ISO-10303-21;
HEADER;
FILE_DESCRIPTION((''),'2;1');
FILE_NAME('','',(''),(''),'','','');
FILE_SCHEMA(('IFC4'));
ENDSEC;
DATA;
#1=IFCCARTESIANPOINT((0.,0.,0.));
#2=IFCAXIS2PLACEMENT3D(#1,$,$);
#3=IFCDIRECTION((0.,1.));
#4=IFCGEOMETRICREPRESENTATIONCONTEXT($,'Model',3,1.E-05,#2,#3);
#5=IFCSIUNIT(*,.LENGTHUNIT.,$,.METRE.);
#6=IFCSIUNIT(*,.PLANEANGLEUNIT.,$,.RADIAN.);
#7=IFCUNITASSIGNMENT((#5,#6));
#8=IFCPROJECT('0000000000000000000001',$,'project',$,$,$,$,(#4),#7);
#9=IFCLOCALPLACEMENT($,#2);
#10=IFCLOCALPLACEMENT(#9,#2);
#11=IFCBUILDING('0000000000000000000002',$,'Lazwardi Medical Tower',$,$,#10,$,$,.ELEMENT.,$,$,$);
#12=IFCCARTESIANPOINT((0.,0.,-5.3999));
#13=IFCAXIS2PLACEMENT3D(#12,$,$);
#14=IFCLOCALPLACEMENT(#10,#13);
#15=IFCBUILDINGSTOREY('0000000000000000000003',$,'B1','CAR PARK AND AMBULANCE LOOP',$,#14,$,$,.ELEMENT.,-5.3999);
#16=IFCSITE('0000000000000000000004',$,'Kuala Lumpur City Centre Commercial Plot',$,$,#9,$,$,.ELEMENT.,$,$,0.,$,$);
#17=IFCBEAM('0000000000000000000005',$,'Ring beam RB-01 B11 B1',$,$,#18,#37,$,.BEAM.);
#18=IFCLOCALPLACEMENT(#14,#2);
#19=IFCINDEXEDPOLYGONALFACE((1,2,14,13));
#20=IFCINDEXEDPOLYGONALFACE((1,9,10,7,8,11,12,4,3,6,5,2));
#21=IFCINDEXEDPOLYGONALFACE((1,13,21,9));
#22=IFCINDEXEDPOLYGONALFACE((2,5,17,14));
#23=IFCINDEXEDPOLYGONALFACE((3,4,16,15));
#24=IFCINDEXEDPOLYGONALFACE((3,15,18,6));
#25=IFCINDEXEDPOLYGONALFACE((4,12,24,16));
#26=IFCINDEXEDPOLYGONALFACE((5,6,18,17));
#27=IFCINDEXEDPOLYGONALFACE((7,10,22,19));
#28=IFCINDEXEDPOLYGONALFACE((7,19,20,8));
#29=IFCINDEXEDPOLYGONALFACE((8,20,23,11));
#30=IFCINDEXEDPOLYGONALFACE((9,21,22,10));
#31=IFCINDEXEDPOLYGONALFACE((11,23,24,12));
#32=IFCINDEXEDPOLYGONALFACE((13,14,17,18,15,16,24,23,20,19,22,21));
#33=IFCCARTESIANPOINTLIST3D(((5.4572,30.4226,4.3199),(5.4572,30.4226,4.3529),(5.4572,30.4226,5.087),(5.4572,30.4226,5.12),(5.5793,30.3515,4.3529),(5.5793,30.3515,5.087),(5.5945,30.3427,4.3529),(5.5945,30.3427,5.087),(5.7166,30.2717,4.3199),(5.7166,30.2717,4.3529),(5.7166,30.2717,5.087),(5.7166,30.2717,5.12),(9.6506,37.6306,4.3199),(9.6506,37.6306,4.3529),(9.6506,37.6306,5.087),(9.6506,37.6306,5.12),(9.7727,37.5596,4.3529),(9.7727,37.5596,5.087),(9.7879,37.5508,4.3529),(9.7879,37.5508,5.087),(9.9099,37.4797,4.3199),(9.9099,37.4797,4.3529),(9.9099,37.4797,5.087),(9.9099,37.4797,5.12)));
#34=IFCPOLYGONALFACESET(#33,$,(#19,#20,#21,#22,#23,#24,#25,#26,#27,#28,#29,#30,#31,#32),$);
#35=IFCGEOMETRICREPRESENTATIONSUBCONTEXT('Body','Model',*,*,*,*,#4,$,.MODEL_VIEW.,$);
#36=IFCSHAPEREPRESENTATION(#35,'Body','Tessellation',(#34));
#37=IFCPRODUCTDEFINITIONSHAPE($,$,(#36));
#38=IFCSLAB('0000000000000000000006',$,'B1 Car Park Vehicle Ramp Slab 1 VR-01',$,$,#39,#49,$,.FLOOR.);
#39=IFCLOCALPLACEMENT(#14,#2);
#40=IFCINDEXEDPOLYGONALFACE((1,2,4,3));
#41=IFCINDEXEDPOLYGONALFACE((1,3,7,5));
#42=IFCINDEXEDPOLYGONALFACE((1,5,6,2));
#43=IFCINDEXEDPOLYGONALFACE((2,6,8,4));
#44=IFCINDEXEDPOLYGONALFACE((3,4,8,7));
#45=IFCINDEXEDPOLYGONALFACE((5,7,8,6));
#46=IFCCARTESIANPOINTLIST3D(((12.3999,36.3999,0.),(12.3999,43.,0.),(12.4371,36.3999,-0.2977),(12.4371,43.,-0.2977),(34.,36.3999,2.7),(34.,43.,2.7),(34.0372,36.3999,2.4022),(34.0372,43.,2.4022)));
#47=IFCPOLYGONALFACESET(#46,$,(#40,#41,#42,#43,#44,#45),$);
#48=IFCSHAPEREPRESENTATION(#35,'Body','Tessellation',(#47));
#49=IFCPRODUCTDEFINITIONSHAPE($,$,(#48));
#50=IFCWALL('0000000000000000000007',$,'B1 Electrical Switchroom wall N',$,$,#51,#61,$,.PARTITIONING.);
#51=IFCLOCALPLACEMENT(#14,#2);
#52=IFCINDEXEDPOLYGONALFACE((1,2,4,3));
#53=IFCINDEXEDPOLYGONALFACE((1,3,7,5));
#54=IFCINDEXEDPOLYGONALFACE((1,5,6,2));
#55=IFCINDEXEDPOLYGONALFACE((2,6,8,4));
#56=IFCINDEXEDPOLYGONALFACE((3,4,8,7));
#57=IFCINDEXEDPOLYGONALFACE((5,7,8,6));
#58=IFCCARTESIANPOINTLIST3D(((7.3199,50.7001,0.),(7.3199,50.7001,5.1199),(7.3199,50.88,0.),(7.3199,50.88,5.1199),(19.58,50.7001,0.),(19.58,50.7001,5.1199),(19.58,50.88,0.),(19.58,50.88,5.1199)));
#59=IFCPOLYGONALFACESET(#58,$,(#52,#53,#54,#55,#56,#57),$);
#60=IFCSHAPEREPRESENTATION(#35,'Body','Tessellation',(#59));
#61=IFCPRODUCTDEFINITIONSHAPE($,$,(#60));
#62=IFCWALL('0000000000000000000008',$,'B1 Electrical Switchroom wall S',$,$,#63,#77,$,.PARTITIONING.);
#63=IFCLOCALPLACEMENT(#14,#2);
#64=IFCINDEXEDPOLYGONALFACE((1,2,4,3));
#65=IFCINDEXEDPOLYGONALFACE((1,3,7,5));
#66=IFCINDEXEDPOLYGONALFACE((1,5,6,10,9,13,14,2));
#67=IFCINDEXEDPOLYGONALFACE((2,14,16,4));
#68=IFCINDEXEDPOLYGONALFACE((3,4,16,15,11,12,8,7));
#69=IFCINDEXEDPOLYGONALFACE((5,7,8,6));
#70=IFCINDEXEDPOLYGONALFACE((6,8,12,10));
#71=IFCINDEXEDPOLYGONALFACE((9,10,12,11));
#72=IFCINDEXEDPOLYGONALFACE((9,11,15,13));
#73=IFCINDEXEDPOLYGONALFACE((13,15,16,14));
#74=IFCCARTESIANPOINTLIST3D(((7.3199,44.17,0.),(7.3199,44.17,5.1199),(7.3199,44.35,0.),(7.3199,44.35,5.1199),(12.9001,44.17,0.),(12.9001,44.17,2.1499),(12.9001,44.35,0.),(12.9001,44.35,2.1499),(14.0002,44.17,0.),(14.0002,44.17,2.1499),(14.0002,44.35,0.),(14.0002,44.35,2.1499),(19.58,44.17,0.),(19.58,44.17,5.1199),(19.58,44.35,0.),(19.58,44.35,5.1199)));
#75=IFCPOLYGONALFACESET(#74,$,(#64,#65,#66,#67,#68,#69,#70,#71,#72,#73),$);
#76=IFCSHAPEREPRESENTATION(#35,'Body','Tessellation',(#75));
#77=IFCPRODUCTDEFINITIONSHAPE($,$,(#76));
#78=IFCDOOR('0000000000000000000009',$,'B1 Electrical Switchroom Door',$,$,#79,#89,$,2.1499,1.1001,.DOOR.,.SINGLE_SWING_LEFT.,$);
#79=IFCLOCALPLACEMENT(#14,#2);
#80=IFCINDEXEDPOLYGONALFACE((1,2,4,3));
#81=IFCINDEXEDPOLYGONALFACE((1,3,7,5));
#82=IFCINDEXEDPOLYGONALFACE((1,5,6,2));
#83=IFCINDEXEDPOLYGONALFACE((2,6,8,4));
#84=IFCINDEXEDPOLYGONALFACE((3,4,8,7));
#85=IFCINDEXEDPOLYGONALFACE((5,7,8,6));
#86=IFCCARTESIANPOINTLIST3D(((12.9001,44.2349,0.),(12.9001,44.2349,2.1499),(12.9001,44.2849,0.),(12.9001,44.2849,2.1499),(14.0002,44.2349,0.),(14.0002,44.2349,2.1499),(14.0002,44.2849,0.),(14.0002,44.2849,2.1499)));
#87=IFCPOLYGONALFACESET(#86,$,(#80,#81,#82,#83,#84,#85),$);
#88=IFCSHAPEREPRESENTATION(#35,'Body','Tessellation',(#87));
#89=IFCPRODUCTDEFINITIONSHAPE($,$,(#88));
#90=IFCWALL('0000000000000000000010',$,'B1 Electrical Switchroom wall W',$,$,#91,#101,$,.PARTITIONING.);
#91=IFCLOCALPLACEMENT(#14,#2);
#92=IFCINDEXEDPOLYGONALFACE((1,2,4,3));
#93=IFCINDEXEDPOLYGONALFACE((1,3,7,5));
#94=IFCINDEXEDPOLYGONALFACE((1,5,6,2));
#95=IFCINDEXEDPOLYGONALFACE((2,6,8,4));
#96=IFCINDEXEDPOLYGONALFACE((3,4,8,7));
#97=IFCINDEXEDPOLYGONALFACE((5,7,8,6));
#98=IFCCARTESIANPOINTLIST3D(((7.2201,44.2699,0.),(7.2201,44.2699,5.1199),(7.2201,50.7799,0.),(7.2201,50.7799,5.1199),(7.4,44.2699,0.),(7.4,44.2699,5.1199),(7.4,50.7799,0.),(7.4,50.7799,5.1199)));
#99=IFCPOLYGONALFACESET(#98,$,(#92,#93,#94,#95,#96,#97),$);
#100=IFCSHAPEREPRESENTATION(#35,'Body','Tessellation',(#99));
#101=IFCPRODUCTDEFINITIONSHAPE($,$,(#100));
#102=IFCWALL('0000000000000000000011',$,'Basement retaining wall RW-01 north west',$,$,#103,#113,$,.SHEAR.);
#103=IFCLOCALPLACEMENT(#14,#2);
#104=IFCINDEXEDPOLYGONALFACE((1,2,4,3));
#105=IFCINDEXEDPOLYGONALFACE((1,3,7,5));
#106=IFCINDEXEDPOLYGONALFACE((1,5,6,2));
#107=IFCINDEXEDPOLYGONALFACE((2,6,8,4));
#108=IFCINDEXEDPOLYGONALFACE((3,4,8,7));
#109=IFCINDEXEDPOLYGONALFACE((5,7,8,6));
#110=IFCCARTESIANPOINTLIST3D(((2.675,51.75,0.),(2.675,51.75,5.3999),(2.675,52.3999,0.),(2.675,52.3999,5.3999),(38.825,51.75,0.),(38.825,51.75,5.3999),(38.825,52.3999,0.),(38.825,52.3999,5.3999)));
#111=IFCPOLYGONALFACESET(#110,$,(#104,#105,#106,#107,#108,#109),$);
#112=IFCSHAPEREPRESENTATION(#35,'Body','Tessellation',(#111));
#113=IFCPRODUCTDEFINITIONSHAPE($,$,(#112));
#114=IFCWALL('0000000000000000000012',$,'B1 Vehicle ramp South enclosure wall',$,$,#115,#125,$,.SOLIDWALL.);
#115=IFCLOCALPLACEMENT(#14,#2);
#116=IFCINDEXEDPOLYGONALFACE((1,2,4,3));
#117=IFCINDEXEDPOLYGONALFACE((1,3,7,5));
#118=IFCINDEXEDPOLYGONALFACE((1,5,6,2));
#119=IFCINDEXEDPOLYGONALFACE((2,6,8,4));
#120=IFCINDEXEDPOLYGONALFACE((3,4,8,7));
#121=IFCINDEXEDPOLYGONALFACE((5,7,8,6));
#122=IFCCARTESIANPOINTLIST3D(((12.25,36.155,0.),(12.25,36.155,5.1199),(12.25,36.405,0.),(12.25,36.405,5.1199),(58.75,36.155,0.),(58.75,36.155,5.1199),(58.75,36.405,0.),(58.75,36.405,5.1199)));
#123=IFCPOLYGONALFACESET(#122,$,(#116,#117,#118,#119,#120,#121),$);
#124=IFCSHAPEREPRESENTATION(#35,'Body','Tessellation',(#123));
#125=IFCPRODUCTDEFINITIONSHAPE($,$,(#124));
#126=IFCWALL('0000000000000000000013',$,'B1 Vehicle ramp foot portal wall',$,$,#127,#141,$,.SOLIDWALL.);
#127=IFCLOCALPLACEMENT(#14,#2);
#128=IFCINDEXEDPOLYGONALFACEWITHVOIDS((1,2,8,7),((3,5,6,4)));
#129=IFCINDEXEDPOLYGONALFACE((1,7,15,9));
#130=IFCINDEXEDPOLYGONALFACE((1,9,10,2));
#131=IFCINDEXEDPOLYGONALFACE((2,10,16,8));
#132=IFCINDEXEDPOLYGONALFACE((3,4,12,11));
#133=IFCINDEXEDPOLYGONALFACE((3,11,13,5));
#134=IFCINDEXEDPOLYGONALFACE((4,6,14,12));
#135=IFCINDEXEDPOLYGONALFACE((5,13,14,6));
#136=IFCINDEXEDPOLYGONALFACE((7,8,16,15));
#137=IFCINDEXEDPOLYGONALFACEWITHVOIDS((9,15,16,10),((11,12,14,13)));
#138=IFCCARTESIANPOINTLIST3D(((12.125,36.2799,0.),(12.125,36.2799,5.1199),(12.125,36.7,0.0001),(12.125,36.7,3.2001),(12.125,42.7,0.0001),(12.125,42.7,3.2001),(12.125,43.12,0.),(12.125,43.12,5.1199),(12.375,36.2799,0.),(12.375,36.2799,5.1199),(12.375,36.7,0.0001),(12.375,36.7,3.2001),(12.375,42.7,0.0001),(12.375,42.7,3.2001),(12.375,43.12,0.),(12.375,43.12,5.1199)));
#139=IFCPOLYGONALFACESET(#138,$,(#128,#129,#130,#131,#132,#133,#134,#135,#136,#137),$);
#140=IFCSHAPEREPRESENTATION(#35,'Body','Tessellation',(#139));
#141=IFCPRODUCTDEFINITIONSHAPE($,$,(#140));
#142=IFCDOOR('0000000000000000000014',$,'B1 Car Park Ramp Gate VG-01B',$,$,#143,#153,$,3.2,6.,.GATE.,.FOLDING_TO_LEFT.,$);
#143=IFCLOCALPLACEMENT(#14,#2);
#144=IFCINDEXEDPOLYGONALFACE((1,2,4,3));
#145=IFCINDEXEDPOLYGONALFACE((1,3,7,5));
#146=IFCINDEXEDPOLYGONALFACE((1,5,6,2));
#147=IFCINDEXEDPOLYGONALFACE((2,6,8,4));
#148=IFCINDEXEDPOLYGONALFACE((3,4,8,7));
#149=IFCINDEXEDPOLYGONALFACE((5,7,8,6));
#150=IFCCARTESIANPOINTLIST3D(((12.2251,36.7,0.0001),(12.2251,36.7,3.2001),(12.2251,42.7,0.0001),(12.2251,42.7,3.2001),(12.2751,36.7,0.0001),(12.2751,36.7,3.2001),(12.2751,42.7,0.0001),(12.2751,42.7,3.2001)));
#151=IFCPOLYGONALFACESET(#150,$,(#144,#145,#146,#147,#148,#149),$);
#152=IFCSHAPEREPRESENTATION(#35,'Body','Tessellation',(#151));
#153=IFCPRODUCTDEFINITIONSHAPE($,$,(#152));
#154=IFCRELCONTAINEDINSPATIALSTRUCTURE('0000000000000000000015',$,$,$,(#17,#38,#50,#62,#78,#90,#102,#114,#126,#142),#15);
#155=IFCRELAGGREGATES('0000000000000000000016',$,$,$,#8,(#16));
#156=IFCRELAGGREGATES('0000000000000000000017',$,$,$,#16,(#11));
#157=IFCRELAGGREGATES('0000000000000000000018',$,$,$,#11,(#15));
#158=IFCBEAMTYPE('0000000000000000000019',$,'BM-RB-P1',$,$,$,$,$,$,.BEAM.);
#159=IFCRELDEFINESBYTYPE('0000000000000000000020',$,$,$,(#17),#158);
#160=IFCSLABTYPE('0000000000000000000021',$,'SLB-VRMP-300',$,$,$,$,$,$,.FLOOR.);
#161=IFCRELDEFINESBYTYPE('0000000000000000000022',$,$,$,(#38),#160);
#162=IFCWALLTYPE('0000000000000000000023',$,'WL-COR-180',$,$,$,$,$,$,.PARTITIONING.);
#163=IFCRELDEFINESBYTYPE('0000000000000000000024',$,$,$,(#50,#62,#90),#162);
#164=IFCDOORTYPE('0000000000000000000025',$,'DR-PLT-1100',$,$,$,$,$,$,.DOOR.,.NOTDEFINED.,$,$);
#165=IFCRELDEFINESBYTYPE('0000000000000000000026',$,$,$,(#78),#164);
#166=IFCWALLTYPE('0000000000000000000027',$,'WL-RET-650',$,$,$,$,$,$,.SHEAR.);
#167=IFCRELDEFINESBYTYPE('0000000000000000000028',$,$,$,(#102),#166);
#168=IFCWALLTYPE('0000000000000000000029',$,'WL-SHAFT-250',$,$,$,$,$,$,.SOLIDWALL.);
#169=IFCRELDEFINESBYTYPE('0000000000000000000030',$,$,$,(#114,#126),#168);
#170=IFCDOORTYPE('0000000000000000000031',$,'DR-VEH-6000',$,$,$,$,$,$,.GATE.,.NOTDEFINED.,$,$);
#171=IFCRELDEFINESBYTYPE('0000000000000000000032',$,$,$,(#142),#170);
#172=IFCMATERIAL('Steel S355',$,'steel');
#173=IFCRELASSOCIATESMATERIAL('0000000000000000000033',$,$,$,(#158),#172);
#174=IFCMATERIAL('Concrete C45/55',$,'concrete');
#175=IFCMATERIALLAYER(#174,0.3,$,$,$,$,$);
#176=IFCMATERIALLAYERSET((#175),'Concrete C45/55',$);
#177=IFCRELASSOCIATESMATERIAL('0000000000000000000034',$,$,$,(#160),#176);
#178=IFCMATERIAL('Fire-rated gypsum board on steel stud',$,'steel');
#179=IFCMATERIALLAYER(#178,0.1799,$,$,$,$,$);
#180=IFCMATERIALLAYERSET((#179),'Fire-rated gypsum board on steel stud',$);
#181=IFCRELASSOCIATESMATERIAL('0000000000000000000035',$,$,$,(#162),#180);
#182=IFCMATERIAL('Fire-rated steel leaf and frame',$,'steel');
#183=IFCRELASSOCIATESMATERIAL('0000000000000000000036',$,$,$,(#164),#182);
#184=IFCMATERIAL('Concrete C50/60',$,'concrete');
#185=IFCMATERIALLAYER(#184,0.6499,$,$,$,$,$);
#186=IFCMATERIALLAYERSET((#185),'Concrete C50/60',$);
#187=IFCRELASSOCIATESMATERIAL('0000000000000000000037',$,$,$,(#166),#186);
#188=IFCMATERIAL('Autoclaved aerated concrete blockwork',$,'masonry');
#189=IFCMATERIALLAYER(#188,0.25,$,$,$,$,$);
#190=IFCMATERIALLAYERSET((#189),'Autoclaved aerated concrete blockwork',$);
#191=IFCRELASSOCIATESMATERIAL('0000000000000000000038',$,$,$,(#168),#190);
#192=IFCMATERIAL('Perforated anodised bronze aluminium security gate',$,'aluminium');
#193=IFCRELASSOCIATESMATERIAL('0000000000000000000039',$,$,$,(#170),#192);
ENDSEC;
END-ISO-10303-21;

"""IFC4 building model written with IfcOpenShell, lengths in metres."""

from ifc_helpers import new_model, si_unit, direction, frame, frame_2d, origin, origin_2d, place, context, subcontext, project, spatial, polyline, rectangle, i_section, outline, extrude, material, layer, layer_set, material_profile, profile_set, type_object, element, fill, save


model = new_model("IFC4")

# Units and contexts
model_context = context("Model", 3, precision=1e-05, world=origin(), true_north=direction((0.0, 1.0)))
body_context = subcontext(model_context, "Body", "Model", "MODEL_VIEW")
ifc_project = project(units=[si_unit("LENGTHUNIT", "METRE"), si_unit("PLANEANGLEUNIT", "RADIAN")], contexts=[model_context])

# Site, building, storey
site_placement = place(None, origin())
site = spatial("IfcSite", under=ifc_project, at=site_placement, Name="Kuala Lumpur City Centre Commercial Plot", CompositionType="ELEMENT", RefElevation=0.0)
building_placement = place(site_placement, origin())
building = spatial("IfcBuilding", under=site, at=building_placement, Name="Lazwardi Medical Tower", CompositionType="ELEMENT")
storey_placement = place(building_placement, frame((0.0, 0.0, -5.3999)))
storey = spatial("IfcBuildingStorey", under=building, at=storey_placement, Name="B1", Description="CAR PARK AND AMBULANCE LOOP", CompositionType="ELEMENT", Elevation=-5.3999)

# Shared definitions
ifc_material_1 = material(Name="Concrete C45/55", Category="concrete")

# Shared definitions
ifc_material_2 = material(Name="Concrete C50/60", Category="concrete")

# Beam
ifc_material_3 = material(Name="Steel S355", Category="steel")
ifc_material_profile_1 = material_profile(ifc_material_3, i_section(OverallWidth=0.3, OverallDepth=0.8, WebThickness=0.0176, FlangeThickness=0.033, at=origin_2d()), Name="HEB 800")
ifc_profile_set_1 = profile_set([ifc_material_profile_1], Name="Steel S355")
beam_type_1 = type_object("IfcBeamType", Name="BM-RB-P1", PredefinedType="BEAM", material=ifc_profile_set_1)
beam_1_placement = place(storey_placement, frame((9.7803, 37.5552, 4.72), z_axis=(-0.502859, -0.864369, 0.0), x_axis=(0.864369, -0.502859, 0.0)))
element("IfcBeam", 1, at=beam_1_placement, inside=storey, type_object=beam_type_1, Name="Ring beam RB-01 B11 B1", PredefinedType="BEAM", context=body_context, shape_type="SweptSolid", body=[
    extrude(i_section(OverallWidth=0.3, OverallDepth=0.8, WebThickness=0.0176, FlangeThickness=0.033, at=origin_2d()), origin(), (0.0, 0.0, 1.0), 8.3391),
])

# Slab
ifc_layer_1 = layer(ifc_material_1, 0.3)
ifc_layer_set_1 = layer_set([ifc_layer_1], Name="Concrete C45/55")
slab_type = type_object("IfcSlabType", Name="SLB-VRMP-300", PredefinedType="FLOOR", material=ifc_layer_set_1)
slab_placement = place(storey_placement, frame((12.3999, 36.3999, 0.0), z_axis=(-0.124032, 0.0, 0.992278), x_axis=(0.0, 1.0, 0.0)))
element("IfcSlab", 2, at=slab_placement, inside=storey, type_object=slab_type, Name="B1 Car Park Vehicle Ramp Slab 1 VR-01", PredefinedType="FLOOR", context=body_context, shape_type="SweptSolid", body=[
    extrude(outline(polyline([(0.0, 0.0), (6.6001, 0.0), (6.6001, -21.7682), (0.0, -21.7682), (0.0, 0.0)])), origin(), (0.0, 0.0, -1.0), 0.3),
])

# Wall
ifc_material_4 = material(Name="Fire-rated gypsum board on steel stud", Category="steel")
ifc_layer_2 = layer(ifc_material_4, 0.1799)
ifc_layer_set_2 = layer_set([ifc_layer_2], Name="Fire-rated gypsum board on steel stud")
wall_type_1 = type_object("IfcWallType", Name="WL-COR-180", PredefinedType="PARTITIONING", material=ifc_layer_set_2)
wall_1_placement = place(storey_placement, frame((7.3201, 50.79, 0.0), z_axis=(0.0, 0.0, 1.0), x_axis=(1.0, 0.0, 0.0)))
element("IfcWall", 3, at=wall_1_placement, inside=storey, type_object=wall_type_1, Name="B1 Electrical Switchroom wall N", PredefinedType="PARTITIONING", context=body_context, shape_type="SweptSolid", body=[
    extrude(rectangle(XDim=12.26, YDim=0.1799, at=frame_2d((6.1299, 0.0))), origin(), (0.0, 0.0, 1.0), 5.1199),
])

# Wall, opening, door
wall_2_placement = place(storey_placement, frame((7.3201, 44.26, 0.0), z_axis=(0.0, 0.0, 1.0), x_axis=(1.0, 0.0, 0.0)))
wall_2 = element("IfcWall", 4, at=wall_2_placement, inside=storey, type_object=wall_type_1, Name="B1 Electrical Switchroom wall S", PredefinedType="PARTITIONING", context=body_context, shape_type="SweptSolid", body=[
    extrude(rectangle(XDim=12.26, YDim=0.1799, at=frame_2d((6.1299, 0.0))), origin(), (0.0, 0.0, 1.0), 5.1199),
])
opening_1_placement = place(wall_2_placement, frame((5.5801, 0.0, 0.0)))
opening_1 = element("IfcOpeningElement", 5, at=opening_1_placement, cuts=wall_2, PredefinedType="OPENING", context=body_context, shape_type="SweptSolid", body=[
    extrude(rectangle(XDim=1.1001, YDim=2.1499, at=frame_2d((0.55, 1.075))), frame((0.0, 0.0999, 0.0), z_axis=(0.0, -1.0, 0.0), x_axis=(1.0, 0.0, 0.0)), (0.0, 0.0, 1.0), 0.2),
])
ifc_material_5 = material(Name="Fire-rated steel leaf and frame", Category="steel")
door_type_1 = type_object("IfcDoorType", Name="DR-PLT-1100", OperationType="NOTDEFINED", PredefinedType="DOOR", material=ifc_material_5)
door_1_placement = place(opening_1_placement, origin())
door_1 = element("IfcDoor", 6, at=door_1_placement, inside=storey, type_object=door_type_1, Name="B1 Electrical Switchroom Door", OperationType="SINGLE_SWING_LEFT", OverallHeight=2.1499, OverallWidth=1.1001, PredefinedType="DOOR", context=body_context, shape_type="SweptSolid", body=[
    extrude(rectangle(XDim=1.1001, YDim=2.1499, at=frame_2d((0.55, 1.075))), frame((0.0, 0.0249, 0.0), z_axis=(0.0, -1.0, 0.0), x_axis=(1.0, 0.0, 0.0)), (0.0, 0.0, 1.0), 0.05),
])
fill(opening_1, door_1)

# Walls
wall_3_placement = place(storey_placement, frame((7.3101, 44.27, 0.0), z_axis=(0.0, 0.0, 1.0), x_axis=(0.0, 1.0, 0.0)))
element("IfcWall", 7, at=wall_3_placement, inside=storey, type_object=wall_type_1, Name="B1 Electrical Switchroom wall W", PredefinedType="PARTITIONING", context=body_context, shape_type="SweptSolid", body=[
    extrude(rectangle(XDim=6.51, YDim=0.1799, at=frame_2d((3.2549, 0.0))), origin(), (0.0, 0.0, 1.0), 5.1199),
])
ifc_layer_3 = layer(ifc_material_2, 0.6499)
ifc_layer_set_3 = layer_set([ifc_layer_3], Name="Concrete C50/60")
wall_type_2 = type_object("IfcWallType", Name="WL-RET-650", PredefinedType="SHEAR", material=ifc_layer_set_3)
wall_4_placement = place(storey_placement, frame((2.675, 52.075, 0.0), z_axis=(0.0, 0.0, 1.0), x_axis=(1.0, 0.0, 0.0)))
element("IfcWall", 8, at=wall_4_placement, inside=storey, type_object=wall_type_2, Name="Basement retaining wall RW-01 north west", PredefinedType="SHEAR", context=body_context, shape_type="SweptSolid", body=[
    extrude(rectangle(XDim=36.1499, YDim=0.6499, at=frame_2d((18.075, 0.0))), origin(), (0.0, 0.0, 1.0), 5.3999),
])
ifc_material_6 = material(Name="Autoclaved aerated concrete blockwork", Category="masonry")
ifc_layer_4 = layer(ifc_material_6, 0.25)
ifc_layer_set_4 = layer_set([ifc_layer_4], Name="Autoclaved aerated concrete blockwork")
wall_type_3 = type_object("IfcWallType", Name="WL-SHAFT-250", PredefinedType="SOLIDWALL", material=ifc_layer_set_4)
wall_5_placement = place(storey_placement, frame((12.25, 36.28, 0.0), z_axis=(0.0, 0.0, 1.0), x_axis=(1.0, 0.0, 0.0)))
element("IfcWall", 9, at=wall_5_placement, inside=storey, type_object=wall_type_3, Name="B1 Vehicle ramp South enclosure wall", PredefinedType="SOLIDWALL", context=body_context, shape_type="SweptSolid", body=[
    extrude(rectangle(XDim=46.5, YDim=0.25, at=frame_2d((23.25, 0.0))), origin(), (0.0, 0.0, 1.0), 5.1199),
])

# Wall, opening, door
wall_6_placement = place(storey_placement, frame((12.25, 36.28, 0.0), z_axis=(0.0, 0.0, 1.0), x_axis=(0.0, 1.0, 0.0)))
wall_6 = element("IfcWall", 10, at=wall_6_placement, inside=storey, type_object=wall_type_3, Name="B1 Vehicle ramp foot portal wall", PredefinedType="SOLIDWALL", context=body_context, shape_type="SweptSolid", body=[
    extrude(rectangle(XDim=6.8401, YDim=0.25, at=frame_2d((3.4199, 0.0))), origin(), (0.0, 0.0, 1.0), 5.1199),
])
opening_2_placement = place(wall_6_placement, frame((0.4199, 0.0, 0.0)))
opening_2 = element("IfcOpeningElement", 11, at=opening_2_placement, cuts=wall_6, PredefinedType="OPENING", context=body_context, shape_type="SweptSolid", body=[
    extrude(rectangle(XDim=6.0, YDim=3.2, at=frame_2d((3.0, 1.6001))), frame((0.0, 0.135, 0.0), z_axis=(0.0, -1.0, 0.0), x_axis=(1.0, 0.0, 0.0)), (0.0, 0.0, 1.0), 0.27),
])
ifc_material_7 = material(Name="Perforated anodised bronze aluminium security gate", Category="aluminium")
door_type_2 = type_object("IfcDoorType", Name="DR-VEH-6000", OperationType="NOTDEFINED", PredefinedType="GATE", material=ifc_material_7)
door_2_placement = place(opening_2_placement, origin())
door_2 = element("IfcDoor", 12, at=door_2_placement, inside=storey, type_object=door_type_2, Name="B1 Car Park Ramp Gate VG-01B", OperationType="FOLDING_TO_LEFT", OverallHeight=3.2, OverallWidth=6.0, PredefinedType="GATE", context=body_context, shape_type="SweptSolid", body=[
    extrude(rectangle(XDim=6.0, YDim=3.2, at=frame_2d((3.0, 1.6001))), frame((0.0, 0.0249, 0.0), z_axis=(0.0, -1.0, 0.0), x_axis=(1.0, 0.0, 0.0)), (0.0, 0.0, 1.0), 0.05),
])
fill(opening_2, door_2)

save(model, "model.ifc")
